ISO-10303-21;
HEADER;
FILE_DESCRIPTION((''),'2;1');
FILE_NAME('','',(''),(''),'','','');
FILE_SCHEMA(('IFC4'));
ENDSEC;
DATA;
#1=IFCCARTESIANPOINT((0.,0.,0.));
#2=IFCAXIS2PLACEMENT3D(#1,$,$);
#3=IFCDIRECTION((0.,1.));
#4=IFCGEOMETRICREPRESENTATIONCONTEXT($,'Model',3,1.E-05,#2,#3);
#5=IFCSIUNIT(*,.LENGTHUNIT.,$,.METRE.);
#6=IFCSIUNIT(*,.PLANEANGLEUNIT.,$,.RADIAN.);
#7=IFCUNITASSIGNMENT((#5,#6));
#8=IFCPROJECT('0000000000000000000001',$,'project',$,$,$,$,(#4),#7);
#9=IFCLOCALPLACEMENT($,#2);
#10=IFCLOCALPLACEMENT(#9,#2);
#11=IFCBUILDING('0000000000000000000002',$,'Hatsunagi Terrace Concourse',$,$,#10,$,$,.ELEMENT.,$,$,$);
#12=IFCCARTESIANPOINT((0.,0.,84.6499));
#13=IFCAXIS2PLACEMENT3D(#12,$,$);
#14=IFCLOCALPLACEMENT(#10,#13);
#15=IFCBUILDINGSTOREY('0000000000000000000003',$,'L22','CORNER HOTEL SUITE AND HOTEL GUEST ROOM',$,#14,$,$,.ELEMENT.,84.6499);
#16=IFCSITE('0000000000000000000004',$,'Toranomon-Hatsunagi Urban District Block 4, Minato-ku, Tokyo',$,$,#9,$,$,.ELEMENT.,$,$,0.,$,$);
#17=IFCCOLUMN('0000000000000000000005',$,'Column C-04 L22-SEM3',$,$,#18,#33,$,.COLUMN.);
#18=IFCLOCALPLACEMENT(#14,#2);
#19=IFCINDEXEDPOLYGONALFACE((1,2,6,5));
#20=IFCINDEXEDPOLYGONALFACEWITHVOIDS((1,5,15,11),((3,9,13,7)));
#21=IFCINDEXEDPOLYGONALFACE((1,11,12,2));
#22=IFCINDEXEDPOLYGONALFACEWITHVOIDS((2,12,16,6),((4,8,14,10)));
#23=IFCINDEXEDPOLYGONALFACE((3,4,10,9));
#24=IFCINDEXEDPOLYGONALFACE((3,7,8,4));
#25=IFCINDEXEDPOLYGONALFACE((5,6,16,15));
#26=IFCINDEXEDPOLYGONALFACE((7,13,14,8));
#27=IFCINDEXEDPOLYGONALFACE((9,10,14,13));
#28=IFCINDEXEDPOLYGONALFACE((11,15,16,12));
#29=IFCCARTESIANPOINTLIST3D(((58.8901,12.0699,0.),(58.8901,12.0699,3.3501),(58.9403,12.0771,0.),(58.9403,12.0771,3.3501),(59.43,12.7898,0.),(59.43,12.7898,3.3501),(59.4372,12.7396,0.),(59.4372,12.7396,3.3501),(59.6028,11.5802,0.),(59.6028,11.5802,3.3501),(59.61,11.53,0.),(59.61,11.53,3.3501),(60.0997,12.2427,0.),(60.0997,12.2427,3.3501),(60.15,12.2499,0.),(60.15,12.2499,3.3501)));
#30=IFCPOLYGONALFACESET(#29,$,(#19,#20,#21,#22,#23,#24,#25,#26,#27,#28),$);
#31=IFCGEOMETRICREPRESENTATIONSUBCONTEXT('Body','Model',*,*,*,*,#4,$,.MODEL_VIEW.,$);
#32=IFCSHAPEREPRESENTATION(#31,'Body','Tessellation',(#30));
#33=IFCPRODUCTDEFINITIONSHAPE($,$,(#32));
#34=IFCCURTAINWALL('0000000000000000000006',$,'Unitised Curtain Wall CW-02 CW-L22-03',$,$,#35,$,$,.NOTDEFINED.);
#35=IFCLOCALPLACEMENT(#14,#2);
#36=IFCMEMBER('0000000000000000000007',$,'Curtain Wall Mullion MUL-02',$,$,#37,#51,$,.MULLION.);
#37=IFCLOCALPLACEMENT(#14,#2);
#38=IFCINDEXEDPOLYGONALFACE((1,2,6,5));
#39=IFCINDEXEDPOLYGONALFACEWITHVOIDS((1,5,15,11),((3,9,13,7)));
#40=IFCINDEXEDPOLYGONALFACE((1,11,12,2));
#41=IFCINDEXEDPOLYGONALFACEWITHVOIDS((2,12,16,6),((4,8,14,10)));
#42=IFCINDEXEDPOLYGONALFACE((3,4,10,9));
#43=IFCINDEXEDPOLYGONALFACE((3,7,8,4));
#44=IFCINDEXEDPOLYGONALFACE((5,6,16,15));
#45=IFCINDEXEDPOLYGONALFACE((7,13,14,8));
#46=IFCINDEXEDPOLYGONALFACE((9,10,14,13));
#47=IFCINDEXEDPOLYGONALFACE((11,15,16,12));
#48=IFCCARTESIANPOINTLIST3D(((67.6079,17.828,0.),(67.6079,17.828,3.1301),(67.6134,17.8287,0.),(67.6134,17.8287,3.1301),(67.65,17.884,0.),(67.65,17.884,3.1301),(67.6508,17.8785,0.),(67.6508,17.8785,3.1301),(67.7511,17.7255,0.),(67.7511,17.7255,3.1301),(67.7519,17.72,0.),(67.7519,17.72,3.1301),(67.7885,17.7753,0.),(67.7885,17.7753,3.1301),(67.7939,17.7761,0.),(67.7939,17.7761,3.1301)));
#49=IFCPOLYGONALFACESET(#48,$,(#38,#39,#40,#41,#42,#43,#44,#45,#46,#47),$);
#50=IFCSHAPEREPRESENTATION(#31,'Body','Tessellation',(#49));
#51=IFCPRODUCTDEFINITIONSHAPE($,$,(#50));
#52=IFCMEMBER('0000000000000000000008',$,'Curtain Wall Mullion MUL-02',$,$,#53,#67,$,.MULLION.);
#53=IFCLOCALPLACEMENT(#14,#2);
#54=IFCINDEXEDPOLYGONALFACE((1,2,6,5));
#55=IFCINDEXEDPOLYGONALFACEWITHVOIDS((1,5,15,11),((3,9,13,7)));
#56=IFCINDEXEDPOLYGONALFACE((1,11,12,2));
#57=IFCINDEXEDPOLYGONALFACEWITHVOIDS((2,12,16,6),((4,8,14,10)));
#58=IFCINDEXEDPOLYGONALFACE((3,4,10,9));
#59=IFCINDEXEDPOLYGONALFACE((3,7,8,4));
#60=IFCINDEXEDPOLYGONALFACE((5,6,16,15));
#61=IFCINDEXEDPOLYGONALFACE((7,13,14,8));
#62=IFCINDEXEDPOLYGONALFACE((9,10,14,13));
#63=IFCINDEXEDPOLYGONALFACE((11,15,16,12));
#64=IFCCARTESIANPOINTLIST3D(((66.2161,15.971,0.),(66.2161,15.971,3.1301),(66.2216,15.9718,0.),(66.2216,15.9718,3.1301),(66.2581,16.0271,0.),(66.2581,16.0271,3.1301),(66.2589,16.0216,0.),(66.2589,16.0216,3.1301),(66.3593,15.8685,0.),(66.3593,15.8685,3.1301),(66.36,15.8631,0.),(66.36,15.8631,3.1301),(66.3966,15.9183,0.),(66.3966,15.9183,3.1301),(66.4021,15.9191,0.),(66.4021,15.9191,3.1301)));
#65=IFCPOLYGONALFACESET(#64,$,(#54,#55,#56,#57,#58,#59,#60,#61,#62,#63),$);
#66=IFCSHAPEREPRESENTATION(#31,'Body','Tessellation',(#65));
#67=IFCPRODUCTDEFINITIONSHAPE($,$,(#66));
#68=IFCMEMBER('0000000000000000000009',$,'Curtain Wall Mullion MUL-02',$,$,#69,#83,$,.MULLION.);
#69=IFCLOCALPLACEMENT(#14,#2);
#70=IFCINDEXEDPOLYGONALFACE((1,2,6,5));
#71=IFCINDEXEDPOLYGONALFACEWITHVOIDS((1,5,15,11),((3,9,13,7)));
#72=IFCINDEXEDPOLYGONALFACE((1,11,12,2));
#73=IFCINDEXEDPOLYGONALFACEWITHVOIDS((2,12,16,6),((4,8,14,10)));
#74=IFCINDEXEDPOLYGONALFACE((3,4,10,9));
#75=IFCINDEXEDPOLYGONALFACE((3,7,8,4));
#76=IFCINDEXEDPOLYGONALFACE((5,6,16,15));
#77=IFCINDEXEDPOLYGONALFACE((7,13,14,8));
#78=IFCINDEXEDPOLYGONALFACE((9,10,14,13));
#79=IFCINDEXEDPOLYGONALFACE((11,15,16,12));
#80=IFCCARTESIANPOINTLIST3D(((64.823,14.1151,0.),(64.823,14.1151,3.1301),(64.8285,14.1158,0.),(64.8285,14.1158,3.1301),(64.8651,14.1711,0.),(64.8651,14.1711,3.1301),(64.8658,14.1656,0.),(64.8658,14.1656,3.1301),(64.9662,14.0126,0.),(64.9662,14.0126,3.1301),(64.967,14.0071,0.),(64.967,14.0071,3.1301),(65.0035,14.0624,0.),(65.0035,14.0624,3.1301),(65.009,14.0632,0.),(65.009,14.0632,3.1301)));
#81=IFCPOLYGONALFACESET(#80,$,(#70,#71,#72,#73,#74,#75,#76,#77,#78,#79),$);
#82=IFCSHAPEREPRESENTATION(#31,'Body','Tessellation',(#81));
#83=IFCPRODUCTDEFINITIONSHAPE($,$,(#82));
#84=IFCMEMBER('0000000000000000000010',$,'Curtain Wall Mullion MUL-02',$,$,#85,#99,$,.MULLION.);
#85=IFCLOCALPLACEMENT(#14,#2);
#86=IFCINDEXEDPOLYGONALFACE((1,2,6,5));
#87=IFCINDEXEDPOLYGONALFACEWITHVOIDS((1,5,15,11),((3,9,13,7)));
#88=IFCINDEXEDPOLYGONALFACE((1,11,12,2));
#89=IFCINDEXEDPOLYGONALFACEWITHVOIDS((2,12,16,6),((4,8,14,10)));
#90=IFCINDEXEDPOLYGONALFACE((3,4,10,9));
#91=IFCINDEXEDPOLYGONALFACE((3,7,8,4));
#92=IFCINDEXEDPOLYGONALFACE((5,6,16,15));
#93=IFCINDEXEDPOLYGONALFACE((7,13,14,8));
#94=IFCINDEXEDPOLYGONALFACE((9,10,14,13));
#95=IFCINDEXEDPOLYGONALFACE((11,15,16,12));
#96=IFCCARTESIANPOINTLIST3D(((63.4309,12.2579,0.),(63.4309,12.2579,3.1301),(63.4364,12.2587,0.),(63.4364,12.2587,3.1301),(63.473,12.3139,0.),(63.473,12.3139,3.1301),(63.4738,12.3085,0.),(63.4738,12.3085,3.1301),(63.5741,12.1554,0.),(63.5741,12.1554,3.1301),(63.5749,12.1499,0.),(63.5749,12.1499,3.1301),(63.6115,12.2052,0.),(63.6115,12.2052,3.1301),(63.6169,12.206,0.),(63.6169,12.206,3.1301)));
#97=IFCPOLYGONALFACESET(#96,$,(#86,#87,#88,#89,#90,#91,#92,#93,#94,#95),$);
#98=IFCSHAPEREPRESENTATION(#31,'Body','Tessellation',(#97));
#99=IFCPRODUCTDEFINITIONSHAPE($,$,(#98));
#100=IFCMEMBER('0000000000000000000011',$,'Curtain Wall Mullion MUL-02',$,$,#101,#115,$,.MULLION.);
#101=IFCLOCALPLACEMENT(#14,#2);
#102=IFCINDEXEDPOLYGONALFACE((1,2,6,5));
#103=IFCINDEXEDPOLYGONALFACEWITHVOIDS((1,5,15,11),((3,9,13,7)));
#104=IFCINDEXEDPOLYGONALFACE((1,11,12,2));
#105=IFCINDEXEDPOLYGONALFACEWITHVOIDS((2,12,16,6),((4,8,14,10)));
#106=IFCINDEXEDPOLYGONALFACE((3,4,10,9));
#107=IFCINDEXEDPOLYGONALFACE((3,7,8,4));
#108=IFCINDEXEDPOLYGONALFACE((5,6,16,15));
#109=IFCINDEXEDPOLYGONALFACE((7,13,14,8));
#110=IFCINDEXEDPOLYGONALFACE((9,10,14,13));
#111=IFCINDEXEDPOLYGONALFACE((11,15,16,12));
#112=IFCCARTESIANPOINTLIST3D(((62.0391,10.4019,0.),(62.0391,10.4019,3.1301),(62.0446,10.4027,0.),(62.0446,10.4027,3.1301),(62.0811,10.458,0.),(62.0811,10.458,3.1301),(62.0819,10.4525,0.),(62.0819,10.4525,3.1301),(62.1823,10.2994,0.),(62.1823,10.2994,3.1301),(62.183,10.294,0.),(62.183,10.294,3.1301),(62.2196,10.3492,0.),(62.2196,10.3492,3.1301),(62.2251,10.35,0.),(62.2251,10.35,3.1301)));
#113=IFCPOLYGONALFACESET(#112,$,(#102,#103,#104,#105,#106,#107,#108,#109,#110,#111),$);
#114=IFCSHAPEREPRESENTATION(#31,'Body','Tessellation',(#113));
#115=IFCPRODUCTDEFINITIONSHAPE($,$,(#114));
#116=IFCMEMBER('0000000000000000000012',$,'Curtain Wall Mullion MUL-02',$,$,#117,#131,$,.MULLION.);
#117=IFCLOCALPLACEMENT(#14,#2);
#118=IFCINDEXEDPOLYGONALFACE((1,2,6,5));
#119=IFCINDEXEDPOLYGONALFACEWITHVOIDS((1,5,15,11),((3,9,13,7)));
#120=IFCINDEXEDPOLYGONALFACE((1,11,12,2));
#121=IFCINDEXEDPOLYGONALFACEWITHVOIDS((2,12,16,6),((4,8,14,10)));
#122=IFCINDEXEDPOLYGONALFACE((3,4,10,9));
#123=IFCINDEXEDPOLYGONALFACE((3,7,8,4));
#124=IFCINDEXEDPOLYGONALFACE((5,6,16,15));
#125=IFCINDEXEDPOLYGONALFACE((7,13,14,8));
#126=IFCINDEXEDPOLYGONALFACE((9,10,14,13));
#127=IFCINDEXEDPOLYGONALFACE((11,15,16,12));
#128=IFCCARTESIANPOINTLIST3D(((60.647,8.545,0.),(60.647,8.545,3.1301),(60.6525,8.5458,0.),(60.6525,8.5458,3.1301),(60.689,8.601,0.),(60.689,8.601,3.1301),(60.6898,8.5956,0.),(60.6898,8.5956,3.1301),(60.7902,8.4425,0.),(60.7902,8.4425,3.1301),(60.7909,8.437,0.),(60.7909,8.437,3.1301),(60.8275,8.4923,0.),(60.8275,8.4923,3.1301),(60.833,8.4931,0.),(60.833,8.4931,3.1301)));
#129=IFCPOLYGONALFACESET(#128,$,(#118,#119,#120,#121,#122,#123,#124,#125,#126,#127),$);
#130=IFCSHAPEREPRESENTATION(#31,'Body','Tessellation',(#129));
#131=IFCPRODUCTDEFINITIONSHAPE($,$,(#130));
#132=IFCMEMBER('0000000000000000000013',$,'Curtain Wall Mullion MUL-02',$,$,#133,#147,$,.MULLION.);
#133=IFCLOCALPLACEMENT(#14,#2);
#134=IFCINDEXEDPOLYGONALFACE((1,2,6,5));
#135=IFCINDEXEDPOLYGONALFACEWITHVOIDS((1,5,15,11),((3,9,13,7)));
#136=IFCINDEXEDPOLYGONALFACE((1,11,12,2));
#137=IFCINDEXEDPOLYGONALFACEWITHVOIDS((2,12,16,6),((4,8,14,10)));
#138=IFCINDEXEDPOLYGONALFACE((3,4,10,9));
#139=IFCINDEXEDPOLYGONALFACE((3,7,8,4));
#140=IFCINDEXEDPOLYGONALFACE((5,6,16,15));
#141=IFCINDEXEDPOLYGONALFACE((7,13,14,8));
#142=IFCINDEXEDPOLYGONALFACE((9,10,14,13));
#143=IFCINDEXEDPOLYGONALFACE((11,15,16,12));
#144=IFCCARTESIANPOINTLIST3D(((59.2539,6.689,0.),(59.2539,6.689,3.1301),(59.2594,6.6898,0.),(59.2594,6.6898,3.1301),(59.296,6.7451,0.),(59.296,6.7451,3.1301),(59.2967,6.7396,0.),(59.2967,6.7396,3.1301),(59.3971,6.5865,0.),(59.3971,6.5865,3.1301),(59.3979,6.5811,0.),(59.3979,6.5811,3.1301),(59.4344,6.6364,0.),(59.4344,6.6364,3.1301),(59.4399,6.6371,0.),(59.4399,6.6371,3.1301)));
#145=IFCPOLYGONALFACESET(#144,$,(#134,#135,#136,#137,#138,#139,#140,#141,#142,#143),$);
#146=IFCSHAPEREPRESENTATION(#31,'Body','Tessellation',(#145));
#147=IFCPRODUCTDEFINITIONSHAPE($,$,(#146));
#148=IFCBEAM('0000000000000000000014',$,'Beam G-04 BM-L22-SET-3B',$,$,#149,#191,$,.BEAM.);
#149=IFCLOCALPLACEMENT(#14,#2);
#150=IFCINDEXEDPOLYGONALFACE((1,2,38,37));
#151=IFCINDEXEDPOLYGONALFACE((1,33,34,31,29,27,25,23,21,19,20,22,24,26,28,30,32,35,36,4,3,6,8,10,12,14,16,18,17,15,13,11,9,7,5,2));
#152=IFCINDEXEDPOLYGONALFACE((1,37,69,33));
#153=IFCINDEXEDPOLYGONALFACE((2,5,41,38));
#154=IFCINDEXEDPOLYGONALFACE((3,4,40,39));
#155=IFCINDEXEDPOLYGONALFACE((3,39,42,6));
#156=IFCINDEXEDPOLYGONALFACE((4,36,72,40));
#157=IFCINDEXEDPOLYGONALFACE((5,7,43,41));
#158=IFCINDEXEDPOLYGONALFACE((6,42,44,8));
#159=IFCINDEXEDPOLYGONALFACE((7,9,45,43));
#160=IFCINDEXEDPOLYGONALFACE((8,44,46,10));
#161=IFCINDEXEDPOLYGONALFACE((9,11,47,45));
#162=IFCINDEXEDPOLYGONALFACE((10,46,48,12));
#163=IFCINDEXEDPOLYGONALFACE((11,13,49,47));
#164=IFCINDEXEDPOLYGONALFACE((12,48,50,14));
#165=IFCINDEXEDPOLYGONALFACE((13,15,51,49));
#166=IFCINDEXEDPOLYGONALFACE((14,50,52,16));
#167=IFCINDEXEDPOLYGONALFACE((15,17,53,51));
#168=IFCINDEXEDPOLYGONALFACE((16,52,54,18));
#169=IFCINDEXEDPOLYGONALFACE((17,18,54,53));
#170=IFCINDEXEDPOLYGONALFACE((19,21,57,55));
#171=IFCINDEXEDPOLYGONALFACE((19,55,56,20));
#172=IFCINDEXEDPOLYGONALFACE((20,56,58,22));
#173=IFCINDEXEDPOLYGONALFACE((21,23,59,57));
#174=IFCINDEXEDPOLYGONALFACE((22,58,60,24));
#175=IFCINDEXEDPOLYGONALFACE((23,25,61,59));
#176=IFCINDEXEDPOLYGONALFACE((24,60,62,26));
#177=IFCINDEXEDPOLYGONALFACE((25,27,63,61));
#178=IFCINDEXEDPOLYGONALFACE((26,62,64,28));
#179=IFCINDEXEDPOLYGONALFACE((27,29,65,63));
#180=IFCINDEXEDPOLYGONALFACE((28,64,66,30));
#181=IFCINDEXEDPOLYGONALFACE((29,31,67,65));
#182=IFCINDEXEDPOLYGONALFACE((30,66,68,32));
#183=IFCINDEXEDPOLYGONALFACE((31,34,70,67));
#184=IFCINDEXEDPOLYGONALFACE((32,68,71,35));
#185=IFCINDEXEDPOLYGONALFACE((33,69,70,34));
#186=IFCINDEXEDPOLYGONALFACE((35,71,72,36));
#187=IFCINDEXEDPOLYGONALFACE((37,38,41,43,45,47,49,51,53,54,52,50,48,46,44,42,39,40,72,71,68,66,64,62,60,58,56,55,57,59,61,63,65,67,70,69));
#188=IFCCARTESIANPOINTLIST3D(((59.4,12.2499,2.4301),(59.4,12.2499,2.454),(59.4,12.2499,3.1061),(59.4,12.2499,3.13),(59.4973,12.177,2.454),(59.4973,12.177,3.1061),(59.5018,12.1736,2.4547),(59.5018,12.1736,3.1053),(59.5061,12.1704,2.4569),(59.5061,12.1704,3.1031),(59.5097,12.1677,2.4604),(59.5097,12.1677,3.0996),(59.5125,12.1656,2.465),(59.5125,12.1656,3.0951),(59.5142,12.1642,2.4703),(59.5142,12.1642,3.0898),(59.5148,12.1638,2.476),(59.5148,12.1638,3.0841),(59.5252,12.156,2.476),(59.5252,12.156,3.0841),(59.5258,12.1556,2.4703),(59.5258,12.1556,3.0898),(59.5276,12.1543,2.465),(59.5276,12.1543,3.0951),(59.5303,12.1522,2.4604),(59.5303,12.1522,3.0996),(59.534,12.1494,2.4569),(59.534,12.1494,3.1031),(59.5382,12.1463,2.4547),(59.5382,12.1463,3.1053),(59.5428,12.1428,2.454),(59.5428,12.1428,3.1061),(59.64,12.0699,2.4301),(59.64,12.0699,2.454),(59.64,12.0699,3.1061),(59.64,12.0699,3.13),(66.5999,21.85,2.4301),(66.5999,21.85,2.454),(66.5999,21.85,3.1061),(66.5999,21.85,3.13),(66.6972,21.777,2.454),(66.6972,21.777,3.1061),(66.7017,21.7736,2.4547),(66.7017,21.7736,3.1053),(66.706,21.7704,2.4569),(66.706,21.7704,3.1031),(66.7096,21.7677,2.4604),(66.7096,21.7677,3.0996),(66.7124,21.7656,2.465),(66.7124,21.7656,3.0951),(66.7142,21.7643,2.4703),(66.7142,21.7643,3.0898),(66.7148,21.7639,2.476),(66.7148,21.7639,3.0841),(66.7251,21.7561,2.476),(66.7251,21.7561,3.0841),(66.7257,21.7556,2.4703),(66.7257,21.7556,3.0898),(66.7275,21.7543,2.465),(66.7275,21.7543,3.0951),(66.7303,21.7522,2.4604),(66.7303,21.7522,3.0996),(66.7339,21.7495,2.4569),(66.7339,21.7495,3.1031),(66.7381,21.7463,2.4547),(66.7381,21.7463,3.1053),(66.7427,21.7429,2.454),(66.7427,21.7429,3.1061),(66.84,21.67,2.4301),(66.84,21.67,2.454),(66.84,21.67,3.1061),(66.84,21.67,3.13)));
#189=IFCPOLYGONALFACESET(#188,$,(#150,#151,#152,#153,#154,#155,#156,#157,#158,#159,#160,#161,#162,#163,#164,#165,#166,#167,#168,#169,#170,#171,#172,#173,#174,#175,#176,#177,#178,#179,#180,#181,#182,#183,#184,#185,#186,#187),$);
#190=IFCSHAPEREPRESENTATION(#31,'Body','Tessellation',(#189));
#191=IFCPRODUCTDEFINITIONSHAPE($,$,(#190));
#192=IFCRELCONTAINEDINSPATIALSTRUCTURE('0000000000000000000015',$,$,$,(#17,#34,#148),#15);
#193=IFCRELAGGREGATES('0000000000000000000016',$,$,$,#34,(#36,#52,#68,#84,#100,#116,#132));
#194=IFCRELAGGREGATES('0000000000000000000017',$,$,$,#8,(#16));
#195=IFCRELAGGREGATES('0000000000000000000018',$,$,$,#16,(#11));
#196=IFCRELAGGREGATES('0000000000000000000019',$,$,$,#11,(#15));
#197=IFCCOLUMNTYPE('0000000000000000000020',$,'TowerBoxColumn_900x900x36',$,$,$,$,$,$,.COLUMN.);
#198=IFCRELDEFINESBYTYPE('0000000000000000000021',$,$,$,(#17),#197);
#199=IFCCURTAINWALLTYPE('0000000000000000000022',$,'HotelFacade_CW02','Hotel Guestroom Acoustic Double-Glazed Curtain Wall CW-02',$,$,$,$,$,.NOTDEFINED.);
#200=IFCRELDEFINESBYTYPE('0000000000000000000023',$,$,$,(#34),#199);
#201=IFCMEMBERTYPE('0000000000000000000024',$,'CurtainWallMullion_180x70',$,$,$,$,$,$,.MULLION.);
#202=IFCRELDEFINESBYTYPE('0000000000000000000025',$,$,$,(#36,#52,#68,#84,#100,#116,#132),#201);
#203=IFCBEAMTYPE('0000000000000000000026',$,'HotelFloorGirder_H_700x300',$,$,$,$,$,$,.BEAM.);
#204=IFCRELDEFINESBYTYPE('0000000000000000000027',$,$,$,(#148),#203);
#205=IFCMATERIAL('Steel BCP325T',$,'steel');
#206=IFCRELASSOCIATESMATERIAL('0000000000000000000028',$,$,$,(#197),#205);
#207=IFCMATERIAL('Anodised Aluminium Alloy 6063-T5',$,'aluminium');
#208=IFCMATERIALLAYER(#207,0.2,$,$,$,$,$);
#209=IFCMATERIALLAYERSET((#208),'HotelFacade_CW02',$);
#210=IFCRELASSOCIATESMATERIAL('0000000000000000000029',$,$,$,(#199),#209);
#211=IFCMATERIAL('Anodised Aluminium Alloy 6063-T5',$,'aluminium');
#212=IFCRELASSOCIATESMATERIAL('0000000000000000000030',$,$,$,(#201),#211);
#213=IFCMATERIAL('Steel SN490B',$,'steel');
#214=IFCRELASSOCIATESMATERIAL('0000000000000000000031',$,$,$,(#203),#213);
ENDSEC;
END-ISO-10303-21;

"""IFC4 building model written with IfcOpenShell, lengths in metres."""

from ifc_helpers import new_model, si_unit, direction, frame, origin, origin_2d, place, context, subcontext, project, spatial, hollow_rectangle, i_section, extrude, material, layer, layer_set, material_profile, profile_set, type_object, element, aggregate, save


model = new_model("IFC4")

# Units and contexts
model_context = context("Model", 3, precision=1e-05, world=origin(), true_north=direction((0.0, 1.0)))
body_context = subcontext(model_context, "Body", "Model", "MODEL_VIEW")
ifc_project = project(units=[si_unit("LENGTHUNIT", "METRE"), si_unit("PLANEANGLEUNIT", "RADIAN")], contexts=[model_context])

# Site, building, storey
site_placement = place(None, origin())
site = spatial("IfcSite", under=ifc_project, at=site_placement, Name="Toranomon-Hatsunagi Urban District Block 4, Minato-ku, Tokyo", CompositionType="ELEMENT", RefElevation=0.0)
building_placement = place(site_placement, origin())
building = spatial("IfcBuilding", under=site, at=building_placement, Name="Hatsunagi Terrace Concourse", CompositionType="ELEMENT")
storey_placement = place(building_placement, frame((0.0, 0.0, 84.6499)))
storey = spatial("IfcBuildingStorey", under=building, at=storey_placement, Name="L22", Description="CORNER HOTEL SUITE AND HOTEL GUEST ROOM", CompositionType="ELEMENT", Elevation=84.6499)

# Column
ifc_material_1 = material(Name="Steel BCP325T", Category="steel")
ifc_material_profile_1 = material_profile(ifc_material_1, hollow_rectangle(XDim=0.8999, YDim=0.8999, WallThickness=0.0359, at=origin_2d()), Name="BCP-900x900x36")
ifc_profile_set_1 = profile_set([ifc_material_profile_1], Name="Steel BCP325T")
column_type = type_object("IfcColumnType", Name="TowerBoxColumn_900x900x36", PredefinedType="COLUMN", material=ifc_profile_set_1)
column_placement = place(storey_placement, frame((59.52, 12.1599, 0.0), z_axis=(0.0, 0.0, 1.0), x_axis=(0.8, -0.6, 0.0)))
element("IfcColumn", 1, at=column_placement, inside=storey, type_object=column_type, Name="Column C-04 L22-SEM3", PredefinedType="COLUMN", context=body_context, shape_type="SweptSolid", body=[
    extrude(hollow_rectangle(XDim=0.8999, YDim=0.8999, WallThickness=0.0359, at=origin_2d()), origin(), (0.0, 0.0, 1.0), 3.3501),
])

# Curtain wall, members
ifc_material_2 = material(Name="Anodised Aluminium Alloy 6063-T5", Category="aluminium")
ifc_layer_1 = layer(ifc_material_2, 0.2)
ifc_layer_set_1 = layer_set([ifc_layer_1], Name="HotelFacade_CW02")
curtain_wall_type = type_object("IfcCurtainWallType", Name="HotelFacade_CW02", Description="Hotel Guestroom Acoustic Double-Glazed Curtain Wall CW-02", PredefinedType="NOTDEFINED", material=ifc_layer_set_1)
curtain_wall_placement = place(storey_placement, origin())
curtain_wall = element("IfcCurtainWall", 2, at=curtain_wall_placement, inside=storey, type_object=curtain_wall_type, Name="Unitised Curtain Wall CW-02 CW-L22-03", PredefinedType="NOTDEFINED")
ifc_material_3 = material(Name="Anodised Aluminium Alloy 6063-T5", Category="aluminium")
ifc_material_profile_2 = material_profile(ifc_material_3, hollow_rectangle(XDim=0.0701, YDim=0.1799, WallThickness=0.0039, at=origin_2d()), Name="ALU-MUL-180x70x4")
ifc_profile_set_2 = profile_set([ifc_material_profile_2], Name="Anodised Aluminium Alloy 6063-T5")
member_type = type_object("IfcMemberType", Name="CurtainWallMullion_180x70", PredefinedType="MULLION", material=ifc_profile_set_2)
member_1_placement = place(storey_placement, frame((67.7009, 17.802, 0.0), z_axis=(0.0, 0.0, 1.0), x_axis=(-0.599969, -0.800023, 0.0)))
member_1 = element("IfcMember", 3, at=member_1_placement, type_object=member_type, Name="Curtain Wall Mullion MUL-02", PredefinedType="MULLION", context=body_context, shape_type="SweptSolid", body=[
    extrude(hollow_rectangle(XDim=0.0701, YDim=0.1799, WallThickness=0.0039, at=origin_2d()), origin(), (0.0, 0.0, 1.0), 3.1301),
])
member_2_placement = place(storey_placement, frame((66.3091, 15.9451, 0.0), z_axis=(0.0, 0.0, 1.0), x_axis=(-0.599969, -0.800023, 0.0)))
member_2 = element("IfcMember", 4, at=member_2_placement, type_object=member_type, Name="Curtain Wall Mullion MUL-02", PredefinedType="MULLION", context=body_context, shape_type="SweptSolid", body=[
    extrude(hollow_rectangle(XDim=0.0701, YDim=0.1799, WallThickness=0.0039, at=origin_2d()), origin(), (0.0, 0.0, 1.0), 3.1301),
])
member_3_placement = place(storey_placement, frame((64.916, 14.0891, 0.0), z_axis=(0.0, 0.0, 1.0), x_axis=(-0.599969, -0.800023, 0.0)))
member_3 = element("IfcMember", 5, at=member_3_placement, type_object=member_type, Name="Curtain Wall Mullion MUL-02", PredefinedType="MULLION", context=body_context, shape_type="SweptSolid", body=[
    extrude(hollow_rectangle(XDim=0.0701, YDim=0.1799, WallThickness=0.0039, at=origin_2d()), origin(), (0.0, 0.0, 1.0), 3.1301),
])
member_4_placement = place(storey_placement, frame((63.5239, 12.2319, 0.0), z_axis=(0.0, 0.0, 1.0), x_axis=(-0.599969, -0.800023, 0.0)))
member_4 = element("IfcMember", 6, at=member_4_placement, type_object=member_type, Name="Curtain Wall Mullion MUL-02", PredefinedType="MULLION", context=body_context, shape_type="SweptSolid", body=[
    extrude(hollow_rectangle(XDim=0.0701, YDim=0.1799, WallThickness=0.0039, at=origin_2d()), origin(), (0.0, 0.0, 1.0), 3.1301),
])
member_5_placement = place(storey_placement, frame((62.1321, 10.376, 0.0), z_axis=(0.0, 0.0, 1.0), x_axis=(-0.599969, -0.800023, 0.0)))
member_5 = element("IfcMember", 7, at=member_5_placement, type_object=member_type, Name="Curtain Wall Mullion MUL-02", PredefinedType="MULLION", context=body_context, shape_type="SweptSolid", body=[
    extrude(hollow_rectangle(XDim=0.0701, YDim=0.1799, WallThickness=0.0039, at=origin_2d()), origin(), (0.0, 0.0, 1.0), 3.1301),
])
member_6_placement = place(storey_placement, frame((60.74, 8.519, 0.0), z_axis=(0.0, 0.0, 1.0), x_axis=(-0.599969, -0.800023, 0.0)))
member_6 = element("IfcMember", 8, at=member_6_placement, type_object=member_type, Name="Curtain Wall Mullion MUL-02", PredefinedType="MULLION", context=body_context, shape_type="SweptSolid", body=[
    extrude(hollow_rectangle(XDim=0.0701, YDim=0.1799, WallThickness=0.0039, at=origin_2d()), origin(), (0.0, 0.0, 1.0), 3.1301),
])
member_7_placement = place(storey_placement, frame((59.3469, 6.6631, 0.0), z_axis=(0.0, 0.0, 1.0), x_axis=(-0.599969, -0.800023, 0.0)))
member_7 = element("IfcMember", 9, at=member_7_placement, type_object=member_type, Name="Curtain Wall Mullion MUL-02", PredefinedType="MULLION", context=body_context, shape_type="SweptSolid", body=[
    extrude(hollow_rectangle(XDim=0.0701, YDim=0.1799, WallThickness=0.0039, at=origin_2d()), origin(), (0.0, 0.0, 1.0), 3.1301),
])

# Beam
ifc_material_4 = material(Name="Steel SN490B", Category="steel")
ifc_material_profile_3 = material_profile(ifc_material_4, i_section(OverallWidth=0.3, OverallDepth=0.7, WebThickness=0.0129, FlangeThickness=0.0239, FilletRadius=0.022, at=origin_2d()), Name="H-700x300x13x24")
ifc_profile_set_3 = profile_set([ifc_material_profile_3], Name="Steel SN490B")
beam_type = type_object("IfcBeamType", Name="HotelFloorGirder_H_700x300", PredefinedType="BEAM", material=ifc_profile_set_3)
beam_placement = place(storey_placement, frame((59.52, 12.1599, 2.78), z_axis=(0.599993, 0.800005, 0.0), x_axis=(-0.800005, 0.599993, 0.0)))
element("IfcBeam", 10, at=beam_placement, inside=storey, type_object=beam_type, Name="Beam G-04 BM-L22-SET-3B", PredefinedType="BEAM", context=body_context, shape_type="SweptSolid", body=[
    extrude(i_section(OverallWidth=0.3, OverallDepth=0.7, WebThickness=0.0129, FlangeThickness=0.0239, FilletRadius=0.022, at=origin_2d()), origin(), (0.0, 0.0, 1.0), 12.0),
])

aggregate(curtain_wall, [member_1, member_2, member_3, member_4, member_5, member_6, member_7])

save(model, "model.ifc")
